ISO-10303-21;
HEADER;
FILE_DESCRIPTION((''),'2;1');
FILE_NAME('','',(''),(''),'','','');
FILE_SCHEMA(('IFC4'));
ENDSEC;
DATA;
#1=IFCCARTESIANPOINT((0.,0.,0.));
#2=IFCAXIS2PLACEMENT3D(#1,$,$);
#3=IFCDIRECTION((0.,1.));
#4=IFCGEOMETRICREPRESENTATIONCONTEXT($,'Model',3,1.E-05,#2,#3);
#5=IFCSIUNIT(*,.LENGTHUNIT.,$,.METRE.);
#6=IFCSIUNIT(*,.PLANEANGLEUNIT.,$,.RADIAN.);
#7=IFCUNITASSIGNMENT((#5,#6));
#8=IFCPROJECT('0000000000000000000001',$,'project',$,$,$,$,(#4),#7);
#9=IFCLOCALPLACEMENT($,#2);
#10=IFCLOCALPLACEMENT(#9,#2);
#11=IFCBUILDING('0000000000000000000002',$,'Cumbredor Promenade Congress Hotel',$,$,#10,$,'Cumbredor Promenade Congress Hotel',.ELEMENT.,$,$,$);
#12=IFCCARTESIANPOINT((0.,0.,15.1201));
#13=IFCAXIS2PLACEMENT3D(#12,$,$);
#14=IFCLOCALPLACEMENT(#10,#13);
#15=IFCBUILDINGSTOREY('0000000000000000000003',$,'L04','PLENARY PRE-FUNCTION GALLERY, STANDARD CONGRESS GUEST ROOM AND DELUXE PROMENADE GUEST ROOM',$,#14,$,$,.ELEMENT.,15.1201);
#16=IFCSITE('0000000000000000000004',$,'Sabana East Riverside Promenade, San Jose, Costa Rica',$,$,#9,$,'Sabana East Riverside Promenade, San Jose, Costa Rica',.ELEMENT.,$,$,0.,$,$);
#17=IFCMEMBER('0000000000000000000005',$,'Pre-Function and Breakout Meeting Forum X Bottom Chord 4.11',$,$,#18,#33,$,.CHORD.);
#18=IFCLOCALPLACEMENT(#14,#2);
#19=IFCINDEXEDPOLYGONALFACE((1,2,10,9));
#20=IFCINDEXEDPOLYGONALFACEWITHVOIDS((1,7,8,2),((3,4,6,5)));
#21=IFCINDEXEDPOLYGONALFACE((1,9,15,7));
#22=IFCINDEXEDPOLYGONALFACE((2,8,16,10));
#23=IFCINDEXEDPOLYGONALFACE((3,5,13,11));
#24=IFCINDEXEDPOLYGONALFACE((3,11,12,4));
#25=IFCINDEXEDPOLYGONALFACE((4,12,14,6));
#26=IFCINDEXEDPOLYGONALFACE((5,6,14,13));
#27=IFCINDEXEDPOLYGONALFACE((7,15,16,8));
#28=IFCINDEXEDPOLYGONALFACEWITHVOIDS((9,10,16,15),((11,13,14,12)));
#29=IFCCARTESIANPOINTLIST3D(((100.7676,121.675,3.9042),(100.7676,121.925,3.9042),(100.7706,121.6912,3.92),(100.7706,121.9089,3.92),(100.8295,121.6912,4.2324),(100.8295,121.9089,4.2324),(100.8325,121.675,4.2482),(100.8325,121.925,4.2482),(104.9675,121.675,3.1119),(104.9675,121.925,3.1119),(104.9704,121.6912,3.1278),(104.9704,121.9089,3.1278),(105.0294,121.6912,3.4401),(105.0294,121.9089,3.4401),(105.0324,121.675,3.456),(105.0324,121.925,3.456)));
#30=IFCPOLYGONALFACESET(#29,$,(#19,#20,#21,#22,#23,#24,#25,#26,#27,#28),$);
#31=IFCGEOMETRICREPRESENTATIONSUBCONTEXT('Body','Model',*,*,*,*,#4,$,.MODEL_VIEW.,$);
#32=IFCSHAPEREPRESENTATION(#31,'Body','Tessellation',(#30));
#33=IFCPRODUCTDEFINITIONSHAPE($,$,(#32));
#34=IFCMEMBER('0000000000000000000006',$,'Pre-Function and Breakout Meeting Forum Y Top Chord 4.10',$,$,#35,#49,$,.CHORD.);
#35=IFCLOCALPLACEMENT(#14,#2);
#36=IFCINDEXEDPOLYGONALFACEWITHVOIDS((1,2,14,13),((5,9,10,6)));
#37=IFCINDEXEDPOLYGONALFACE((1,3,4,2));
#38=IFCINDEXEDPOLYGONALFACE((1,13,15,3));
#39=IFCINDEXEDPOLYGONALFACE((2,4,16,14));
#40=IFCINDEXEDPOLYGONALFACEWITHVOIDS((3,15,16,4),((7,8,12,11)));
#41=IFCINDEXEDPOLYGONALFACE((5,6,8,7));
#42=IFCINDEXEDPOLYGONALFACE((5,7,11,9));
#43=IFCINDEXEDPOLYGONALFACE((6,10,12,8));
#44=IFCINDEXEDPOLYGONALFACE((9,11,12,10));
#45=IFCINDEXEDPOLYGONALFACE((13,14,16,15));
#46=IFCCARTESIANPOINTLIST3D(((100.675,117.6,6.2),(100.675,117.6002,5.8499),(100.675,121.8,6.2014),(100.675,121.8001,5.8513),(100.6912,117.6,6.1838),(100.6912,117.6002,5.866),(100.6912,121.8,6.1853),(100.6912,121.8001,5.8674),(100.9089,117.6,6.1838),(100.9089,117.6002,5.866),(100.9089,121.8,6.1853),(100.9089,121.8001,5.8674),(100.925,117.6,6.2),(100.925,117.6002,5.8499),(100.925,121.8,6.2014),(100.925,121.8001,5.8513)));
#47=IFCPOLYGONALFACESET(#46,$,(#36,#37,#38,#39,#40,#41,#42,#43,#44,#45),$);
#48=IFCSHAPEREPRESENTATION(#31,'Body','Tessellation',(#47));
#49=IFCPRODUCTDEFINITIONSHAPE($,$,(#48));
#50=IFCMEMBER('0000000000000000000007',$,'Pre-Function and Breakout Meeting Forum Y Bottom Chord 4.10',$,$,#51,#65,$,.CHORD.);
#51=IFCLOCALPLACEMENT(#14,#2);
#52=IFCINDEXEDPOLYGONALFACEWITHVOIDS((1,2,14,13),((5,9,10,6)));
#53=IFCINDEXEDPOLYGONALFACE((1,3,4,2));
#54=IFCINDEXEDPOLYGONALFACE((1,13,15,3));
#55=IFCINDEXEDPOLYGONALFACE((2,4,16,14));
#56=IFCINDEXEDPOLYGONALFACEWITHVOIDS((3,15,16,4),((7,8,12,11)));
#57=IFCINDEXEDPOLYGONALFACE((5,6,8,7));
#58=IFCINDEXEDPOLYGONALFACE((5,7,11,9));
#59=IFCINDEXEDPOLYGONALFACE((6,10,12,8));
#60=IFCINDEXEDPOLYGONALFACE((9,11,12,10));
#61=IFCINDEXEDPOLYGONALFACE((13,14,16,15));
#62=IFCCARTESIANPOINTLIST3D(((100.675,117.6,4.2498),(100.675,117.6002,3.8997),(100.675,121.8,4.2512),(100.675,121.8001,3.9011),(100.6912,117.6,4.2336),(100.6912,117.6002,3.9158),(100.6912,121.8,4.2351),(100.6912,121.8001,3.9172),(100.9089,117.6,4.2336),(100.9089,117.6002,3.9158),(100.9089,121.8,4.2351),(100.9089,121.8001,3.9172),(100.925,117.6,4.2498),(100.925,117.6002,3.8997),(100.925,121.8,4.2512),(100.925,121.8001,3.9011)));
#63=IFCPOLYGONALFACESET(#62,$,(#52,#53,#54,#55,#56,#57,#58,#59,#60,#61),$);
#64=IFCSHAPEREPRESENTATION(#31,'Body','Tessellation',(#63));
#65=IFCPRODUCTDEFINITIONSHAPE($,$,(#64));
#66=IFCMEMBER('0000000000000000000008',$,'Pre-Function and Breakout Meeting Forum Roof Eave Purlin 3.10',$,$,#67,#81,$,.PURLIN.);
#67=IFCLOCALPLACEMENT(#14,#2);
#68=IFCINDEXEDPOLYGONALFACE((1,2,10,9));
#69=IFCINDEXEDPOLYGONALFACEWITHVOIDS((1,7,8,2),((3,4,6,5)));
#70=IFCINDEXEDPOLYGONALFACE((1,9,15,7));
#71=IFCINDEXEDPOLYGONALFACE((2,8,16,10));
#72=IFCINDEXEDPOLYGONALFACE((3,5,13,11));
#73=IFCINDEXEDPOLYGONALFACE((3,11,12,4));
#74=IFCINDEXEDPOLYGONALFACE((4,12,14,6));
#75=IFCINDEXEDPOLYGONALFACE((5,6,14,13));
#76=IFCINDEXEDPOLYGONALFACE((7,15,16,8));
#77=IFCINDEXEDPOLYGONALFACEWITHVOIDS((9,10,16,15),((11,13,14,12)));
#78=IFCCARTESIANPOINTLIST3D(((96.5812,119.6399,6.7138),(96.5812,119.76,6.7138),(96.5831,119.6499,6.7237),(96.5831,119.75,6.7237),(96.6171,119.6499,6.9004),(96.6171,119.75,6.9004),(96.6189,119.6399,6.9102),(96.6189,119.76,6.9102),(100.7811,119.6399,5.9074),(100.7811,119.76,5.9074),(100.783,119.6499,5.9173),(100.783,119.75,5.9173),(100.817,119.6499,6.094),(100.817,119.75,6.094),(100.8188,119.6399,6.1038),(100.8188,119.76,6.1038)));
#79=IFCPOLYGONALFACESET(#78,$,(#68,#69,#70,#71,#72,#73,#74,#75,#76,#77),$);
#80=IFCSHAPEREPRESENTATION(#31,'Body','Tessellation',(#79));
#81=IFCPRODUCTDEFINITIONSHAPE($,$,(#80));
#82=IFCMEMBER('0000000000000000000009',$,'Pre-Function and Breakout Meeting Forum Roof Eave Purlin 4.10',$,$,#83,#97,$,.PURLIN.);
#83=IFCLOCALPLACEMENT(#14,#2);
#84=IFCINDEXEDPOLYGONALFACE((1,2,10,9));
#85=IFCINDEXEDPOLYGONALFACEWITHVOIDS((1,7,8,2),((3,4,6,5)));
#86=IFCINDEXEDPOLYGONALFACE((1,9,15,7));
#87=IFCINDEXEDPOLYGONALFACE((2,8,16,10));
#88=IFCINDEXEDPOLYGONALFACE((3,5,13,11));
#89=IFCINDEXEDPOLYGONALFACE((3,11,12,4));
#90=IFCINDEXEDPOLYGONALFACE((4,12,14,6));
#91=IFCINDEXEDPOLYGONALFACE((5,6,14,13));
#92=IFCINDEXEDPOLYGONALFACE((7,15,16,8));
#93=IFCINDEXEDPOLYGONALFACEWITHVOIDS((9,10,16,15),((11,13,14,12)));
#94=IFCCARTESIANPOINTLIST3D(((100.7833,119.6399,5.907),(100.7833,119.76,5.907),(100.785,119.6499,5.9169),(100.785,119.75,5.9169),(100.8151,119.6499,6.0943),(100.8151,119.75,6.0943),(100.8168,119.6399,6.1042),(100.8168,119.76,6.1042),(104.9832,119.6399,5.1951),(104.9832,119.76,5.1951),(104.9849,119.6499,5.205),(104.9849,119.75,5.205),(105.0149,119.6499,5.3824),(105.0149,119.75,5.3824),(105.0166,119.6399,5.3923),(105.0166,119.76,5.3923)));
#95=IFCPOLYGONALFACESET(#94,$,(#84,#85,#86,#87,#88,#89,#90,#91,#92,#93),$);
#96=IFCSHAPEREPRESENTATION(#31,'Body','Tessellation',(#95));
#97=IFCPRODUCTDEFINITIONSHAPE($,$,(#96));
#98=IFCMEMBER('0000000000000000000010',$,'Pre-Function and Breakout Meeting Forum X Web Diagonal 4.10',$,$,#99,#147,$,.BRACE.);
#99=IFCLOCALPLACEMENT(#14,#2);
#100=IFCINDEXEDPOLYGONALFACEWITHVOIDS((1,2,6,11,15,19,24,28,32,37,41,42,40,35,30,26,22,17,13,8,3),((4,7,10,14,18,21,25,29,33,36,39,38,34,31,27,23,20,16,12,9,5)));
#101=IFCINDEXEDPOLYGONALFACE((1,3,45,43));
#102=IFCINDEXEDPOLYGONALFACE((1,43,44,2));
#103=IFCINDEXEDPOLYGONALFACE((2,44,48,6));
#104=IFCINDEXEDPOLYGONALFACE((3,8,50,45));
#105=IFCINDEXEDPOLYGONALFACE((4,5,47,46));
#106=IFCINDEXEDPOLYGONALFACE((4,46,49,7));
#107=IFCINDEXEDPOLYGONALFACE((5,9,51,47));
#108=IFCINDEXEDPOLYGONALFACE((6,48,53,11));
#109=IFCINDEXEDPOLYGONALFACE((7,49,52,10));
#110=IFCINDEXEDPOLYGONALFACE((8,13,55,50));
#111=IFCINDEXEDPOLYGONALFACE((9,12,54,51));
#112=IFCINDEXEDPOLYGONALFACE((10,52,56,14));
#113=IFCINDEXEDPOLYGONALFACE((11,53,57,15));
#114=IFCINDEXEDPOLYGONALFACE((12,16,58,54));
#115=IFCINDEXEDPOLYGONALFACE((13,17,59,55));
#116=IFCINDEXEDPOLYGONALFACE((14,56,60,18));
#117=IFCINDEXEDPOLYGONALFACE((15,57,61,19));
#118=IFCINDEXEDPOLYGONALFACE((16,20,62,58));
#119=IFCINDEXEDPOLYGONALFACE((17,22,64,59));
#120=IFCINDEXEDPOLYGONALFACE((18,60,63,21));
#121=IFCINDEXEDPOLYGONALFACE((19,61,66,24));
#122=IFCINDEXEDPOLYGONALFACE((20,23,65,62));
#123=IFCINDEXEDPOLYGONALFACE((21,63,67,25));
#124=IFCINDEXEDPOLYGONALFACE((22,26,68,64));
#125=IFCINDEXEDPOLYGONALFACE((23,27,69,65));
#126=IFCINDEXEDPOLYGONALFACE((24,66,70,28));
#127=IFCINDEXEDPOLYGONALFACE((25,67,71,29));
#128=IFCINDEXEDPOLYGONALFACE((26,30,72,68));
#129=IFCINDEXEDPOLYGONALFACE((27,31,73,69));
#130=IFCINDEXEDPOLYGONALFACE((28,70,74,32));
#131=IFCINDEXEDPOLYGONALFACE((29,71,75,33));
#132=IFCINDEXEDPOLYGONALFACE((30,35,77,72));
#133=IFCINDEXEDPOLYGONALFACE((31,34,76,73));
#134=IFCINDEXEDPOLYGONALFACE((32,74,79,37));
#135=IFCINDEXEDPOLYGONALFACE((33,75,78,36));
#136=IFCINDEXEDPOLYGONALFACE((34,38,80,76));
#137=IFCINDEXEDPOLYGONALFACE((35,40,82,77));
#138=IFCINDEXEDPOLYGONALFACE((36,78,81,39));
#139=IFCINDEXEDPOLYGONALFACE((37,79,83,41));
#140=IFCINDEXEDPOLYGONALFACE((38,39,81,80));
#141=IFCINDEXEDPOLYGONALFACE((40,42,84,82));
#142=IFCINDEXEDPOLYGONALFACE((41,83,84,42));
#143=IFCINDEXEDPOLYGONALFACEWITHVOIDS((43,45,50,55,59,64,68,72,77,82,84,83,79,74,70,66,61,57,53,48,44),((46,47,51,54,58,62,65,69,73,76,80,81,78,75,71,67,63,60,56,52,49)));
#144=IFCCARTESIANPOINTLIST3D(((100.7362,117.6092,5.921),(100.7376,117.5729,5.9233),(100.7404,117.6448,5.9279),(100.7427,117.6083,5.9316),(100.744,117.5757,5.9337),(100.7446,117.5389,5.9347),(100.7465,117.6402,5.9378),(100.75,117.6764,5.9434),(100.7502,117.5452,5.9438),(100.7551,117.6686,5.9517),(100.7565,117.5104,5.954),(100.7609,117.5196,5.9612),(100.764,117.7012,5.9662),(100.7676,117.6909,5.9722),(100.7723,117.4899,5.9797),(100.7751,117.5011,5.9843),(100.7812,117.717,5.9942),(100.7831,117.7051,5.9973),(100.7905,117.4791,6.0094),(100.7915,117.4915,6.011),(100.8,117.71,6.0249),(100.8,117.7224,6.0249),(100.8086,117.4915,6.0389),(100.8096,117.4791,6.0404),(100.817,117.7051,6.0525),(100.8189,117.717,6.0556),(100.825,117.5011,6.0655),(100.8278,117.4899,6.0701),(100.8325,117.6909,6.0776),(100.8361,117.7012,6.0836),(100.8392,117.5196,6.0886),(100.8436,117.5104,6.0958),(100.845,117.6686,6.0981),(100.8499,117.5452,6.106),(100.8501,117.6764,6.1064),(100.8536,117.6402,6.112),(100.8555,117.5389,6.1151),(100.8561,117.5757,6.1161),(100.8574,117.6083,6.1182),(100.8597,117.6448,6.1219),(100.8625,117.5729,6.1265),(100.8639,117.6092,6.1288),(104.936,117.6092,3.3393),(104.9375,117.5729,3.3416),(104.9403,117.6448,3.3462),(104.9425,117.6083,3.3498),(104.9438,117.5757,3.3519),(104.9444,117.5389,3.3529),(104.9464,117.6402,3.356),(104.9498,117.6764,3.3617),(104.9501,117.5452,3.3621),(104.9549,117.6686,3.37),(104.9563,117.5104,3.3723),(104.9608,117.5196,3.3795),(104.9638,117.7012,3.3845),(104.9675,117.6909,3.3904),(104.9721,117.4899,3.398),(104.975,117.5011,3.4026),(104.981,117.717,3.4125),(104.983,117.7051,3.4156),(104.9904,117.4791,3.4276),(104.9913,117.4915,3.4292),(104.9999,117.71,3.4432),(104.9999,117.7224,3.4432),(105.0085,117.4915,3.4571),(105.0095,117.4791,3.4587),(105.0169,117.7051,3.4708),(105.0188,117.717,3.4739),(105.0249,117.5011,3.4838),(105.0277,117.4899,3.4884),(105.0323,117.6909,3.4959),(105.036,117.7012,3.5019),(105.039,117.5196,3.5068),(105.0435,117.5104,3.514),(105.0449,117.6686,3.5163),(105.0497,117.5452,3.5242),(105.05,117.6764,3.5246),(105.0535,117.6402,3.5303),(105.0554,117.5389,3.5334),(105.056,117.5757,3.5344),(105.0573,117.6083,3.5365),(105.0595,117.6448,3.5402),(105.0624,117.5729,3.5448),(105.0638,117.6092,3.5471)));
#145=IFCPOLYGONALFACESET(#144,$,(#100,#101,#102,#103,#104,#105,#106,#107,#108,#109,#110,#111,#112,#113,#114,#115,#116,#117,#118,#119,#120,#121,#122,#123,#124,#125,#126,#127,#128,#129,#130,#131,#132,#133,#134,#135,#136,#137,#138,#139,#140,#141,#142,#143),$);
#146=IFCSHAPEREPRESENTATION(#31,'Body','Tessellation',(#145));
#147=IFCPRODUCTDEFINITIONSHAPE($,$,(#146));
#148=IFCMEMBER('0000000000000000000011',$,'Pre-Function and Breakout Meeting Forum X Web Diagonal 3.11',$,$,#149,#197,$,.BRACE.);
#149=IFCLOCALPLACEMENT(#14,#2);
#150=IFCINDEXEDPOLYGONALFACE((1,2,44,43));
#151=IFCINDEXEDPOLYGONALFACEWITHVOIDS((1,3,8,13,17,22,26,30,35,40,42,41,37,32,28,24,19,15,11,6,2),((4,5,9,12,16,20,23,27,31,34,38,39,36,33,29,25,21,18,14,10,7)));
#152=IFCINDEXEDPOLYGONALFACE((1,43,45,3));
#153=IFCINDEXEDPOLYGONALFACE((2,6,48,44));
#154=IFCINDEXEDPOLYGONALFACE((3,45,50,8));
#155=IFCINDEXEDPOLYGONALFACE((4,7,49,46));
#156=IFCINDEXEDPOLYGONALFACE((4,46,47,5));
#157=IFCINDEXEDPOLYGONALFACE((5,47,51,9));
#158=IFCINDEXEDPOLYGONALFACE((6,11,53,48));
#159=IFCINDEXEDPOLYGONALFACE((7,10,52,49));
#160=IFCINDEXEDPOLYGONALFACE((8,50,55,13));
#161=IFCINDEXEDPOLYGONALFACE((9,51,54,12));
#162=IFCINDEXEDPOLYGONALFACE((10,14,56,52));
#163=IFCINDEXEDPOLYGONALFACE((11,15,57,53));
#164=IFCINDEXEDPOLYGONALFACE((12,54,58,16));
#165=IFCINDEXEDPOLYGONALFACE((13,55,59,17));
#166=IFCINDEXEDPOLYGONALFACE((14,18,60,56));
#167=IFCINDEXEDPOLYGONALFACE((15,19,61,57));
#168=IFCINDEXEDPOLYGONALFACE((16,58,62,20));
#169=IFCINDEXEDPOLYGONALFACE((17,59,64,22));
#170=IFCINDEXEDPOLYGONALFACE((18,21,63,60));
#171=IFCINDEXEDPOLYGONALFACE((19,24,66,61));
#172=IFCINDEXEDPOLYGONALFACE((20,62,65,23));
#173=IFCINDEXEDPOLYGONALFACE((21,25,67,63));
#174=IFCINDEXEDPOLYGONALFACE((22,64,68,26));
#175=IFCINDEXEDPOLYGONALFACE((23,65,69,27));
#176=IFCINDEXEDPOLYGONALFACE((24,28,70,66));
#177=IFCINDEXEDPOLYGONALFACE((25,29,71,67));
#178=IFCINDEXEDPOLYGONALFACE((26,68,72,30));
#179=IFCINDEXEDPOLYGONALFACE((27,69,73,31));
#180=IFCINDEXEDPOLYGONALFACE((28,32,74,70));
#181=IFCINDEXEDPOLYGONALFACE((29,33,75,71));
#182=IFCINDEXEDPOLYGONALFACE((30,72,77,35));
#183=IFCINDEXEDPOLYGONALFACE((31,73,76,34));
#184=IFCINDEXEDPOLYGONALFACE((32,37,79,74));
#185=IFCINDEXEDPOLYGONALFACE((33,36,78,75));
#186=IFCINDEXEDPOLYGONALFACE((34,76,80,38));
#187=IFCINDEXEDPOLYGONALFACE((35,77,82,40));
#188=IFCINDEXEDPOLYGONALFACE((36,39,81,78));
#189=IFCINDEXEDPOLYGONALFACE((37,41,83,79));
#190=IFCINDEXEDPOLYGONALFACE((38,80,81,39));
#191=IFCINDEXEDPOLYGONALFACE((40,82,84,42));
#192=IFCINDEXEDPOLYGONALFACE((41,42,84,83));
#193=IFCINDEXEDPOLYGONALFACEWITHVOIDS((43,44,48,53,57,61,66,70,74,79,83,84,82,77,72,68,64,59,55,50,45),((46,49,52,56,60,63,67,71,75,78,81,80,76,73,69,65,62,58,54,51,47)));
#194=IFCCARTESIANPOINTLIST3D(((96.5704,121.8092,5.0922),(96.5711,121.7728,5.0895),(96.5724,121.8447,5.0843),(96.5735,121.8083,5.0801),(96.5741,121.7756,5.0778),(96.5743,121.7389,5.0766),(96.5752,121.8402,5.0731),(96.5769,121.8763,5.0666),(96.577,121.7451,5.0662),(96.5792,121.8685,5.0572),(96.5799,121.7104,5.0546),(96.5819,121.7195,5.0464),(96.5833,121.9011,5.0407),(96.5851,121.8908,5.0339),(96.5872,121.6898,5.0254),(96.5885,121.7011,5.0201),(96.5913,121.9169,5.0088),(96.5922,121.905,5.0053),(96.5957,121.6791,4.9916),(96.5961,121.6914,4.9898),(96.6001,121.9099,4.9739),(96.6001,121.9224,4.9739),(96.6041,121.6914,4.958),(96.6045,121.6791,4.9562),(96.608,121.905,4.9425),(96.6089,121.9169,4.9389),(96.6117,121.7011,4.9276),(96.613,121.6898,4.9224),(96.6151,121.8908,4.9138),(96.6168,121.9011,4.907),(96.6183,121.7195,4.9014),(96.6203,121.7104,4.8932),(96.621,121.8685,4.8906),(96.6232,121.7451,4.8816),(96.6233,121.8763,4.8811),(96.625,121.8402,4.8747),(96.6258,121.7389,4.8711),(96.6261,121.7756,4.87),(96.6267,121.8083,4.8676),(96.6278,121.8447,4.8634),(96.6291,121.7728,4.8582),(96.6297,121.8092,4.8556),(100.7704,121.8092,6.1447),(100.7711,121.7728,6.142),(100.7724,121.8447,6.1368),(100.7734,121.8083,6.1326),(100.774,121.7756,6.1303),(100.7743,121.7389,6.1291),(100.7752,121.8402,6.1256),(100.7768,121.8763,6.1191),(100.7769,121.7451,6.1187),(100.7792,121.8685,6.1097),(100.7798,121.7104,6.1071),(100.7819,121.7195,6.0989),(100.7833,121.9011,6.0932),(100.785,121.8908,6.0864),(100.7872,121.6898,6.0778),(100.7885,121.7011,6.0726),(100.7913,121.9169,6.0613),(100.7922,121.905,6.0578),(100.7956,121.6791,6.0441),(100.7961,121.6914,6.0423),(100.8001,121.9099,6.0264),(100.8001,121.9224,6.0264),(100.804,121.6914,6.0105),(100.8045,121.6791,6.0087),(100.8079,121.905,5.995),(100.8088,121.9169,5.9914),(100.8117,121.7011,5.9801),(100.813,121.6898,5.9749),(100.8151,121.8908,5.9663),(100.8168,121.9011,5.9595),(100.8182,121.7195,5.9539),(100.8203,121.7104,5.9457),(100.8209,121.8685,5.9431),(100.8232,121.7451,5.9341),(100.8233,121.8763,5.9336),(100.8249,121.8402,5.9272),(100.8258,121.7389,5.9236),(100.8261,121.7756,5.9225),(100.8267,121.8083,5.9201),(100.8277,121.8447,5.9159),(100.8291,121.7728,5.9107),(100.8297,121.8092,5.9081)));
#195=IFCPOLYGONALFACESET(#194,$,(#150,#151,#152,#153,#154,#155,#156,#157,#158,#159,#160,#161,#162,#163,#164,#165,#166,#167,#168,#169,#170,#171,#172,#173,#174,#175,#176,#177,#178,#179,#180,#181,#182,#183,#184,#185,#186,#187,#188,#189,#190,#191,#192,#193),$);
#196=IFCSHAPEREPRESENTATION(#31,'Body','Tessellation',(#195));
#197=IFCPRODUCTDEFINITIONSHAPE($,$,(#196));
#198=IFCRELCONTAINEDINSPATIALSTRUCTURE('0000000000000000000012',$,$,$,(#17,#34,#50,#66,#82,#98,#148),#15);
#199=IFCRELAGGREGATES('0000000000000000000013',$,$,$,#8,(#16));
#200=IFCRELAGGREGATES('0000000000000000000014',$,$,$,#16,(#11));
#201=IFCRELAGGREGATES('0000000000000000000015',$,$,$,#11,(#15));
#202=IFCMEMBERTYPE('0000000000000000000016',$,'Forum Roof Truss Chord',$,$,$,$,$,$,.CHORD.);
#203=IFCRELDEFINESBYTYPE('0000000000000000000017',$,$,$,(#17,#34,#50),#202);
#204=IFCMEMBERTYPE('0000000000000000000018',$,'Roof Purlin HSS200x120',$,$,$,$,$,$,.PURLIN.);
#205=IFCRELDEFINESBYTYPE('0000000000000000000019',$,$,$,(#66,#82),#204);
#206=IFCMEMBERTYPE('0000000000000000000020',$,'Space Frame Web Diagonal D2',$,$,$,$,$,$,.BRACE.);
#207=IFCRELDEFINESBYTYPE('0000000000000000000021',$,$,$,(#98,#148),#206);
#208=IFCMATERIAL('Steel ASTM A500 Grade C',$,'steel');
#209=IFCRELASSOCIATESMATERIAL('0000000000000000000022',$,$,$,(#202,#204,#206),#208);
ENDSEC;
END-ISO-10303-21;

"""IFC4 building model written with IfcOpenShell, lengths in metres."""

from ifc_helpers import new_model, si_unit, direction, frame, origin, origin_2d, place, context, subcontext, project, spatial, hollow_rectangle, hollow_circle, extrude, material, material_profile, profile_set, type_object, element, save


model = new_model("IFC4")

# Units and contexts
model_context = context("Model", 3, precision=1e-05, world=origin(), true_north=direction((0.0, 1.0)))
body_context = subcontext(model_context, "Body", "Model", "MODEL_VIEW")
ifc_project = project(units=[si_unit("LENGTHUNIT", "METRE"), si_unit("PLANEANGLEUNIT", "RADIAN")], contexts=[model_context])

# Site, building, storey
site_placement = place(None, origin())
site = spatial("IfcSite", under=ifc_project, at=site_placement, Name="Sabana East Riverside Promenade, San Jose, Costa Rica", LongName="Sabana East Riverside Promenade, San Jose, Costa Rica", CompositionType="ELEMENT", RefElevation=0.0)
building_placement = place(site_placement, origin())
building = spatial("IfcBuilding", under=site, at=building_placement, Name="Cumbredor Promenade Congress Hotel", LongName="Cumbredor Promenade Congress Hotel", CompositionType="ELEMENT")
storey_placement = place(building_placement, frame((0.0, 0.0, 15.1201)))
storey = spatial("IfcBuildingStorey", under=building, at=storey_placement, Name="L04", Description="PLENARY PRE-FUNCTION GALLERY, STANDARD CONGRESS GUEST ROOM AND DELUXE PROMENADE GUEST ROOM", CompositionType="ELEMENT", Elevation=15.1201)

# Members
ifc_material_1 = material(Name="Steel ASTM A500 Grade C", Category="steel")
ifc_material_profile_1 = material_profile(ifc_material_1, hollow_rectangle(XDim=0.25, YDim=0.3501, WallThickness=0.0161, at=origin_2d()), Name="HSS 350x250x16")
ifc_profile_set_1 = profile_set([ifc_material_profile_1], Name="Steel ASTM A500 Grade C")
member_type_1 = type_object("IfcMemberType", Name="Forum Roof Truss Chord", PredefinedType="CHORD", material=ifc_profile_set_1)
member_1_placement = place(storey_placement, frame((100.8, 121.8, 4.0762), z_axis=(0.98267, 0.0, -0.185361), x_axis=(0.0, 1.0, 0.0)))
element("IfcMember", 1, at=member_1_placement, inside=storey, type_object=member_type_1, Name="Pre-Function and Breakout Meeting Forum X Bottom Chord 4.11", PredefinedType="CHORD", context=body_context, shape_type="SweptSolid", body=[
    extrude(hollow_rectangle(XDim=0.25, YDim=0.3501, WallThickness=0.0161, at=origin_2d()), origin(), (0.0, 0.0, 1.0), 4.2739),
])
for number, where, z_axis, x_axis, name in (
    (2, (100.8, 117.6001, 6.0249), (0.0, 1.0, 0.000349), (-1.0, 0.0, 0.0), "Pre-Function and Breakout Meeting Forum Y Top Chord 4.10"),
    (3, (100.8, 117.6001, 4.0747), (0.0, 1.0, 0.000349), (-1.0, 0.0, 0.0), "Pre-Function and Breakout Meeting Forum Y Bottom Chord 4.10"),
):
    element("IfcMember", number, at=place(storey_placement, frame(where, z_axis=z_axis, x_axis=x_axis)), inside=storey, type_object=member_type_1, Name=name, PredefinedType="CHORD", context=body_context, shape_type="SweptSolid", body=[
        extrude(hollow_rectangle(XDim=0.25, YDim=0.3501, WallThickness=0.0161, at=origin_2d()), origin(), (0.0, 0.0, 1.0), 4.2),
    ])
ifc_material_profile_2 = material_profile(ifc_material_1, hollow_rectangle(XDim=0.1201, YDim=0.2, WallThickness=0.01, at=origin_2d()), Name="HSS 200x120x10")
ifc_profile_set_2 = profile_set([ifc_material_profile_2], Name="Steel ASTM A500 Grade C")
member_type_2 = type_object("IfcMemberType", Name="Roof Purlin HSS200x120", PredefinedType="PURLIN", material=ifc_profile_set_2)
member_2_placement = place(storey_placement, frame((96.6001, 119.7, 6.812), z_axis=(0.982062, 0.0, -0.188557), x_axis=(0.0, 1.0, 0.0)))
element("IfcMember", 4, at=member_2_placement, inside=storey, type_object=member_type_2, Name="Pre-Function and Breakout Meeting Forum Roof Eave Purlin 3.10", PredefinedType="PURLIN", context=body_context, shape_type="SweptSolid", body=[
    extrude(hollow_rectangle(XDim=0.1201, YDim=0.2, WallThickness=0.01, at=origin_2d()), origin(), (0.0, 0.0, 1.0), 4.2766),
])
member_3_placement = place(storey_placement, frame((100.8, 119.7, 6.0056), z_axis=(0.985936, 0.0, -0.167121), x_axis=(0.0, 1.0, 0.0)))
element("IfcMember", 5, at=member_3_placement, inside=storey, type_object=member_type_2, Name="Pre-Function and Breakout Meeting Forum Roof Eave Purlin 4.10", PredefinedType="PURLIN", context=body_context, shape_type="SweptSolid", body=[
    extrude(hollow_rectangle(XDim=0.1201, YDim=0.2, WallThickness=0.01, at=origin_2d()), origin(), (0.0, 0.0, 1.0), 4.2598),
])
ifc_material_profile_3 = material_profile(ifc_material_1, hollow_circle(Radius=0.1223, WallThickness=0.0125, at=origin_2d()), Name="CHS 244.5x12.5")
ifc_profile_set_3 = profile_set([ifc_material_profile_3], Name="Steel ASTM A500 Grade C")
member_type_3 = type_object("IfcMemberType", Name="Space Frame Web Diagonal D2", PredefinedType="BRACE", material=ifc_profile_set_3)
member_4_placement = place(storey_placement, frame((100.8, 117.6001, 6.0249), z_axis=(0.851912, 0.0, -0.523686), x_axis=(0.0, 1.0, 0.0)))
element("IfcMember", 6, at=member_4_placement, inside=storey, type_object=member_type_3, Name="Pre-Function and Breakout Meeting Forum X Web Diagonal 4.10", PredefinedType="BRACE", context=body_context, shape_type="SweptSolid", body=[
    extrude(hollow_circle(Radius=0.1223, WallThickness=0.0125, at=origin_2d()), origin(), (0.0, 0.0, 1.0), 4.9299),
])
member_5_placement = place(storey_placement, frame((96.6001, 121.8, 4.9739), z_axis=(0.970006, 0.0, 0.24308), x_axis=(0.0, 1.0, 0.0)))
element("IfcMember", 7, at=member_5_placement, inside=storey, type_object=member_type_3, Name="Pre-Function and Breakout Meeting Forum X Web Diagonal 3.11", PredefinedType="BRACE", context=body_context, shape_type="SweptSolid", body=[
    extrude(hollow_circle(Radius=0.1223, WallThickness=0.0125, at=origin_2d()), origin(), (0.0, 0.0, 1.0), 4.3298),
])

save(model, "model.ifc")
